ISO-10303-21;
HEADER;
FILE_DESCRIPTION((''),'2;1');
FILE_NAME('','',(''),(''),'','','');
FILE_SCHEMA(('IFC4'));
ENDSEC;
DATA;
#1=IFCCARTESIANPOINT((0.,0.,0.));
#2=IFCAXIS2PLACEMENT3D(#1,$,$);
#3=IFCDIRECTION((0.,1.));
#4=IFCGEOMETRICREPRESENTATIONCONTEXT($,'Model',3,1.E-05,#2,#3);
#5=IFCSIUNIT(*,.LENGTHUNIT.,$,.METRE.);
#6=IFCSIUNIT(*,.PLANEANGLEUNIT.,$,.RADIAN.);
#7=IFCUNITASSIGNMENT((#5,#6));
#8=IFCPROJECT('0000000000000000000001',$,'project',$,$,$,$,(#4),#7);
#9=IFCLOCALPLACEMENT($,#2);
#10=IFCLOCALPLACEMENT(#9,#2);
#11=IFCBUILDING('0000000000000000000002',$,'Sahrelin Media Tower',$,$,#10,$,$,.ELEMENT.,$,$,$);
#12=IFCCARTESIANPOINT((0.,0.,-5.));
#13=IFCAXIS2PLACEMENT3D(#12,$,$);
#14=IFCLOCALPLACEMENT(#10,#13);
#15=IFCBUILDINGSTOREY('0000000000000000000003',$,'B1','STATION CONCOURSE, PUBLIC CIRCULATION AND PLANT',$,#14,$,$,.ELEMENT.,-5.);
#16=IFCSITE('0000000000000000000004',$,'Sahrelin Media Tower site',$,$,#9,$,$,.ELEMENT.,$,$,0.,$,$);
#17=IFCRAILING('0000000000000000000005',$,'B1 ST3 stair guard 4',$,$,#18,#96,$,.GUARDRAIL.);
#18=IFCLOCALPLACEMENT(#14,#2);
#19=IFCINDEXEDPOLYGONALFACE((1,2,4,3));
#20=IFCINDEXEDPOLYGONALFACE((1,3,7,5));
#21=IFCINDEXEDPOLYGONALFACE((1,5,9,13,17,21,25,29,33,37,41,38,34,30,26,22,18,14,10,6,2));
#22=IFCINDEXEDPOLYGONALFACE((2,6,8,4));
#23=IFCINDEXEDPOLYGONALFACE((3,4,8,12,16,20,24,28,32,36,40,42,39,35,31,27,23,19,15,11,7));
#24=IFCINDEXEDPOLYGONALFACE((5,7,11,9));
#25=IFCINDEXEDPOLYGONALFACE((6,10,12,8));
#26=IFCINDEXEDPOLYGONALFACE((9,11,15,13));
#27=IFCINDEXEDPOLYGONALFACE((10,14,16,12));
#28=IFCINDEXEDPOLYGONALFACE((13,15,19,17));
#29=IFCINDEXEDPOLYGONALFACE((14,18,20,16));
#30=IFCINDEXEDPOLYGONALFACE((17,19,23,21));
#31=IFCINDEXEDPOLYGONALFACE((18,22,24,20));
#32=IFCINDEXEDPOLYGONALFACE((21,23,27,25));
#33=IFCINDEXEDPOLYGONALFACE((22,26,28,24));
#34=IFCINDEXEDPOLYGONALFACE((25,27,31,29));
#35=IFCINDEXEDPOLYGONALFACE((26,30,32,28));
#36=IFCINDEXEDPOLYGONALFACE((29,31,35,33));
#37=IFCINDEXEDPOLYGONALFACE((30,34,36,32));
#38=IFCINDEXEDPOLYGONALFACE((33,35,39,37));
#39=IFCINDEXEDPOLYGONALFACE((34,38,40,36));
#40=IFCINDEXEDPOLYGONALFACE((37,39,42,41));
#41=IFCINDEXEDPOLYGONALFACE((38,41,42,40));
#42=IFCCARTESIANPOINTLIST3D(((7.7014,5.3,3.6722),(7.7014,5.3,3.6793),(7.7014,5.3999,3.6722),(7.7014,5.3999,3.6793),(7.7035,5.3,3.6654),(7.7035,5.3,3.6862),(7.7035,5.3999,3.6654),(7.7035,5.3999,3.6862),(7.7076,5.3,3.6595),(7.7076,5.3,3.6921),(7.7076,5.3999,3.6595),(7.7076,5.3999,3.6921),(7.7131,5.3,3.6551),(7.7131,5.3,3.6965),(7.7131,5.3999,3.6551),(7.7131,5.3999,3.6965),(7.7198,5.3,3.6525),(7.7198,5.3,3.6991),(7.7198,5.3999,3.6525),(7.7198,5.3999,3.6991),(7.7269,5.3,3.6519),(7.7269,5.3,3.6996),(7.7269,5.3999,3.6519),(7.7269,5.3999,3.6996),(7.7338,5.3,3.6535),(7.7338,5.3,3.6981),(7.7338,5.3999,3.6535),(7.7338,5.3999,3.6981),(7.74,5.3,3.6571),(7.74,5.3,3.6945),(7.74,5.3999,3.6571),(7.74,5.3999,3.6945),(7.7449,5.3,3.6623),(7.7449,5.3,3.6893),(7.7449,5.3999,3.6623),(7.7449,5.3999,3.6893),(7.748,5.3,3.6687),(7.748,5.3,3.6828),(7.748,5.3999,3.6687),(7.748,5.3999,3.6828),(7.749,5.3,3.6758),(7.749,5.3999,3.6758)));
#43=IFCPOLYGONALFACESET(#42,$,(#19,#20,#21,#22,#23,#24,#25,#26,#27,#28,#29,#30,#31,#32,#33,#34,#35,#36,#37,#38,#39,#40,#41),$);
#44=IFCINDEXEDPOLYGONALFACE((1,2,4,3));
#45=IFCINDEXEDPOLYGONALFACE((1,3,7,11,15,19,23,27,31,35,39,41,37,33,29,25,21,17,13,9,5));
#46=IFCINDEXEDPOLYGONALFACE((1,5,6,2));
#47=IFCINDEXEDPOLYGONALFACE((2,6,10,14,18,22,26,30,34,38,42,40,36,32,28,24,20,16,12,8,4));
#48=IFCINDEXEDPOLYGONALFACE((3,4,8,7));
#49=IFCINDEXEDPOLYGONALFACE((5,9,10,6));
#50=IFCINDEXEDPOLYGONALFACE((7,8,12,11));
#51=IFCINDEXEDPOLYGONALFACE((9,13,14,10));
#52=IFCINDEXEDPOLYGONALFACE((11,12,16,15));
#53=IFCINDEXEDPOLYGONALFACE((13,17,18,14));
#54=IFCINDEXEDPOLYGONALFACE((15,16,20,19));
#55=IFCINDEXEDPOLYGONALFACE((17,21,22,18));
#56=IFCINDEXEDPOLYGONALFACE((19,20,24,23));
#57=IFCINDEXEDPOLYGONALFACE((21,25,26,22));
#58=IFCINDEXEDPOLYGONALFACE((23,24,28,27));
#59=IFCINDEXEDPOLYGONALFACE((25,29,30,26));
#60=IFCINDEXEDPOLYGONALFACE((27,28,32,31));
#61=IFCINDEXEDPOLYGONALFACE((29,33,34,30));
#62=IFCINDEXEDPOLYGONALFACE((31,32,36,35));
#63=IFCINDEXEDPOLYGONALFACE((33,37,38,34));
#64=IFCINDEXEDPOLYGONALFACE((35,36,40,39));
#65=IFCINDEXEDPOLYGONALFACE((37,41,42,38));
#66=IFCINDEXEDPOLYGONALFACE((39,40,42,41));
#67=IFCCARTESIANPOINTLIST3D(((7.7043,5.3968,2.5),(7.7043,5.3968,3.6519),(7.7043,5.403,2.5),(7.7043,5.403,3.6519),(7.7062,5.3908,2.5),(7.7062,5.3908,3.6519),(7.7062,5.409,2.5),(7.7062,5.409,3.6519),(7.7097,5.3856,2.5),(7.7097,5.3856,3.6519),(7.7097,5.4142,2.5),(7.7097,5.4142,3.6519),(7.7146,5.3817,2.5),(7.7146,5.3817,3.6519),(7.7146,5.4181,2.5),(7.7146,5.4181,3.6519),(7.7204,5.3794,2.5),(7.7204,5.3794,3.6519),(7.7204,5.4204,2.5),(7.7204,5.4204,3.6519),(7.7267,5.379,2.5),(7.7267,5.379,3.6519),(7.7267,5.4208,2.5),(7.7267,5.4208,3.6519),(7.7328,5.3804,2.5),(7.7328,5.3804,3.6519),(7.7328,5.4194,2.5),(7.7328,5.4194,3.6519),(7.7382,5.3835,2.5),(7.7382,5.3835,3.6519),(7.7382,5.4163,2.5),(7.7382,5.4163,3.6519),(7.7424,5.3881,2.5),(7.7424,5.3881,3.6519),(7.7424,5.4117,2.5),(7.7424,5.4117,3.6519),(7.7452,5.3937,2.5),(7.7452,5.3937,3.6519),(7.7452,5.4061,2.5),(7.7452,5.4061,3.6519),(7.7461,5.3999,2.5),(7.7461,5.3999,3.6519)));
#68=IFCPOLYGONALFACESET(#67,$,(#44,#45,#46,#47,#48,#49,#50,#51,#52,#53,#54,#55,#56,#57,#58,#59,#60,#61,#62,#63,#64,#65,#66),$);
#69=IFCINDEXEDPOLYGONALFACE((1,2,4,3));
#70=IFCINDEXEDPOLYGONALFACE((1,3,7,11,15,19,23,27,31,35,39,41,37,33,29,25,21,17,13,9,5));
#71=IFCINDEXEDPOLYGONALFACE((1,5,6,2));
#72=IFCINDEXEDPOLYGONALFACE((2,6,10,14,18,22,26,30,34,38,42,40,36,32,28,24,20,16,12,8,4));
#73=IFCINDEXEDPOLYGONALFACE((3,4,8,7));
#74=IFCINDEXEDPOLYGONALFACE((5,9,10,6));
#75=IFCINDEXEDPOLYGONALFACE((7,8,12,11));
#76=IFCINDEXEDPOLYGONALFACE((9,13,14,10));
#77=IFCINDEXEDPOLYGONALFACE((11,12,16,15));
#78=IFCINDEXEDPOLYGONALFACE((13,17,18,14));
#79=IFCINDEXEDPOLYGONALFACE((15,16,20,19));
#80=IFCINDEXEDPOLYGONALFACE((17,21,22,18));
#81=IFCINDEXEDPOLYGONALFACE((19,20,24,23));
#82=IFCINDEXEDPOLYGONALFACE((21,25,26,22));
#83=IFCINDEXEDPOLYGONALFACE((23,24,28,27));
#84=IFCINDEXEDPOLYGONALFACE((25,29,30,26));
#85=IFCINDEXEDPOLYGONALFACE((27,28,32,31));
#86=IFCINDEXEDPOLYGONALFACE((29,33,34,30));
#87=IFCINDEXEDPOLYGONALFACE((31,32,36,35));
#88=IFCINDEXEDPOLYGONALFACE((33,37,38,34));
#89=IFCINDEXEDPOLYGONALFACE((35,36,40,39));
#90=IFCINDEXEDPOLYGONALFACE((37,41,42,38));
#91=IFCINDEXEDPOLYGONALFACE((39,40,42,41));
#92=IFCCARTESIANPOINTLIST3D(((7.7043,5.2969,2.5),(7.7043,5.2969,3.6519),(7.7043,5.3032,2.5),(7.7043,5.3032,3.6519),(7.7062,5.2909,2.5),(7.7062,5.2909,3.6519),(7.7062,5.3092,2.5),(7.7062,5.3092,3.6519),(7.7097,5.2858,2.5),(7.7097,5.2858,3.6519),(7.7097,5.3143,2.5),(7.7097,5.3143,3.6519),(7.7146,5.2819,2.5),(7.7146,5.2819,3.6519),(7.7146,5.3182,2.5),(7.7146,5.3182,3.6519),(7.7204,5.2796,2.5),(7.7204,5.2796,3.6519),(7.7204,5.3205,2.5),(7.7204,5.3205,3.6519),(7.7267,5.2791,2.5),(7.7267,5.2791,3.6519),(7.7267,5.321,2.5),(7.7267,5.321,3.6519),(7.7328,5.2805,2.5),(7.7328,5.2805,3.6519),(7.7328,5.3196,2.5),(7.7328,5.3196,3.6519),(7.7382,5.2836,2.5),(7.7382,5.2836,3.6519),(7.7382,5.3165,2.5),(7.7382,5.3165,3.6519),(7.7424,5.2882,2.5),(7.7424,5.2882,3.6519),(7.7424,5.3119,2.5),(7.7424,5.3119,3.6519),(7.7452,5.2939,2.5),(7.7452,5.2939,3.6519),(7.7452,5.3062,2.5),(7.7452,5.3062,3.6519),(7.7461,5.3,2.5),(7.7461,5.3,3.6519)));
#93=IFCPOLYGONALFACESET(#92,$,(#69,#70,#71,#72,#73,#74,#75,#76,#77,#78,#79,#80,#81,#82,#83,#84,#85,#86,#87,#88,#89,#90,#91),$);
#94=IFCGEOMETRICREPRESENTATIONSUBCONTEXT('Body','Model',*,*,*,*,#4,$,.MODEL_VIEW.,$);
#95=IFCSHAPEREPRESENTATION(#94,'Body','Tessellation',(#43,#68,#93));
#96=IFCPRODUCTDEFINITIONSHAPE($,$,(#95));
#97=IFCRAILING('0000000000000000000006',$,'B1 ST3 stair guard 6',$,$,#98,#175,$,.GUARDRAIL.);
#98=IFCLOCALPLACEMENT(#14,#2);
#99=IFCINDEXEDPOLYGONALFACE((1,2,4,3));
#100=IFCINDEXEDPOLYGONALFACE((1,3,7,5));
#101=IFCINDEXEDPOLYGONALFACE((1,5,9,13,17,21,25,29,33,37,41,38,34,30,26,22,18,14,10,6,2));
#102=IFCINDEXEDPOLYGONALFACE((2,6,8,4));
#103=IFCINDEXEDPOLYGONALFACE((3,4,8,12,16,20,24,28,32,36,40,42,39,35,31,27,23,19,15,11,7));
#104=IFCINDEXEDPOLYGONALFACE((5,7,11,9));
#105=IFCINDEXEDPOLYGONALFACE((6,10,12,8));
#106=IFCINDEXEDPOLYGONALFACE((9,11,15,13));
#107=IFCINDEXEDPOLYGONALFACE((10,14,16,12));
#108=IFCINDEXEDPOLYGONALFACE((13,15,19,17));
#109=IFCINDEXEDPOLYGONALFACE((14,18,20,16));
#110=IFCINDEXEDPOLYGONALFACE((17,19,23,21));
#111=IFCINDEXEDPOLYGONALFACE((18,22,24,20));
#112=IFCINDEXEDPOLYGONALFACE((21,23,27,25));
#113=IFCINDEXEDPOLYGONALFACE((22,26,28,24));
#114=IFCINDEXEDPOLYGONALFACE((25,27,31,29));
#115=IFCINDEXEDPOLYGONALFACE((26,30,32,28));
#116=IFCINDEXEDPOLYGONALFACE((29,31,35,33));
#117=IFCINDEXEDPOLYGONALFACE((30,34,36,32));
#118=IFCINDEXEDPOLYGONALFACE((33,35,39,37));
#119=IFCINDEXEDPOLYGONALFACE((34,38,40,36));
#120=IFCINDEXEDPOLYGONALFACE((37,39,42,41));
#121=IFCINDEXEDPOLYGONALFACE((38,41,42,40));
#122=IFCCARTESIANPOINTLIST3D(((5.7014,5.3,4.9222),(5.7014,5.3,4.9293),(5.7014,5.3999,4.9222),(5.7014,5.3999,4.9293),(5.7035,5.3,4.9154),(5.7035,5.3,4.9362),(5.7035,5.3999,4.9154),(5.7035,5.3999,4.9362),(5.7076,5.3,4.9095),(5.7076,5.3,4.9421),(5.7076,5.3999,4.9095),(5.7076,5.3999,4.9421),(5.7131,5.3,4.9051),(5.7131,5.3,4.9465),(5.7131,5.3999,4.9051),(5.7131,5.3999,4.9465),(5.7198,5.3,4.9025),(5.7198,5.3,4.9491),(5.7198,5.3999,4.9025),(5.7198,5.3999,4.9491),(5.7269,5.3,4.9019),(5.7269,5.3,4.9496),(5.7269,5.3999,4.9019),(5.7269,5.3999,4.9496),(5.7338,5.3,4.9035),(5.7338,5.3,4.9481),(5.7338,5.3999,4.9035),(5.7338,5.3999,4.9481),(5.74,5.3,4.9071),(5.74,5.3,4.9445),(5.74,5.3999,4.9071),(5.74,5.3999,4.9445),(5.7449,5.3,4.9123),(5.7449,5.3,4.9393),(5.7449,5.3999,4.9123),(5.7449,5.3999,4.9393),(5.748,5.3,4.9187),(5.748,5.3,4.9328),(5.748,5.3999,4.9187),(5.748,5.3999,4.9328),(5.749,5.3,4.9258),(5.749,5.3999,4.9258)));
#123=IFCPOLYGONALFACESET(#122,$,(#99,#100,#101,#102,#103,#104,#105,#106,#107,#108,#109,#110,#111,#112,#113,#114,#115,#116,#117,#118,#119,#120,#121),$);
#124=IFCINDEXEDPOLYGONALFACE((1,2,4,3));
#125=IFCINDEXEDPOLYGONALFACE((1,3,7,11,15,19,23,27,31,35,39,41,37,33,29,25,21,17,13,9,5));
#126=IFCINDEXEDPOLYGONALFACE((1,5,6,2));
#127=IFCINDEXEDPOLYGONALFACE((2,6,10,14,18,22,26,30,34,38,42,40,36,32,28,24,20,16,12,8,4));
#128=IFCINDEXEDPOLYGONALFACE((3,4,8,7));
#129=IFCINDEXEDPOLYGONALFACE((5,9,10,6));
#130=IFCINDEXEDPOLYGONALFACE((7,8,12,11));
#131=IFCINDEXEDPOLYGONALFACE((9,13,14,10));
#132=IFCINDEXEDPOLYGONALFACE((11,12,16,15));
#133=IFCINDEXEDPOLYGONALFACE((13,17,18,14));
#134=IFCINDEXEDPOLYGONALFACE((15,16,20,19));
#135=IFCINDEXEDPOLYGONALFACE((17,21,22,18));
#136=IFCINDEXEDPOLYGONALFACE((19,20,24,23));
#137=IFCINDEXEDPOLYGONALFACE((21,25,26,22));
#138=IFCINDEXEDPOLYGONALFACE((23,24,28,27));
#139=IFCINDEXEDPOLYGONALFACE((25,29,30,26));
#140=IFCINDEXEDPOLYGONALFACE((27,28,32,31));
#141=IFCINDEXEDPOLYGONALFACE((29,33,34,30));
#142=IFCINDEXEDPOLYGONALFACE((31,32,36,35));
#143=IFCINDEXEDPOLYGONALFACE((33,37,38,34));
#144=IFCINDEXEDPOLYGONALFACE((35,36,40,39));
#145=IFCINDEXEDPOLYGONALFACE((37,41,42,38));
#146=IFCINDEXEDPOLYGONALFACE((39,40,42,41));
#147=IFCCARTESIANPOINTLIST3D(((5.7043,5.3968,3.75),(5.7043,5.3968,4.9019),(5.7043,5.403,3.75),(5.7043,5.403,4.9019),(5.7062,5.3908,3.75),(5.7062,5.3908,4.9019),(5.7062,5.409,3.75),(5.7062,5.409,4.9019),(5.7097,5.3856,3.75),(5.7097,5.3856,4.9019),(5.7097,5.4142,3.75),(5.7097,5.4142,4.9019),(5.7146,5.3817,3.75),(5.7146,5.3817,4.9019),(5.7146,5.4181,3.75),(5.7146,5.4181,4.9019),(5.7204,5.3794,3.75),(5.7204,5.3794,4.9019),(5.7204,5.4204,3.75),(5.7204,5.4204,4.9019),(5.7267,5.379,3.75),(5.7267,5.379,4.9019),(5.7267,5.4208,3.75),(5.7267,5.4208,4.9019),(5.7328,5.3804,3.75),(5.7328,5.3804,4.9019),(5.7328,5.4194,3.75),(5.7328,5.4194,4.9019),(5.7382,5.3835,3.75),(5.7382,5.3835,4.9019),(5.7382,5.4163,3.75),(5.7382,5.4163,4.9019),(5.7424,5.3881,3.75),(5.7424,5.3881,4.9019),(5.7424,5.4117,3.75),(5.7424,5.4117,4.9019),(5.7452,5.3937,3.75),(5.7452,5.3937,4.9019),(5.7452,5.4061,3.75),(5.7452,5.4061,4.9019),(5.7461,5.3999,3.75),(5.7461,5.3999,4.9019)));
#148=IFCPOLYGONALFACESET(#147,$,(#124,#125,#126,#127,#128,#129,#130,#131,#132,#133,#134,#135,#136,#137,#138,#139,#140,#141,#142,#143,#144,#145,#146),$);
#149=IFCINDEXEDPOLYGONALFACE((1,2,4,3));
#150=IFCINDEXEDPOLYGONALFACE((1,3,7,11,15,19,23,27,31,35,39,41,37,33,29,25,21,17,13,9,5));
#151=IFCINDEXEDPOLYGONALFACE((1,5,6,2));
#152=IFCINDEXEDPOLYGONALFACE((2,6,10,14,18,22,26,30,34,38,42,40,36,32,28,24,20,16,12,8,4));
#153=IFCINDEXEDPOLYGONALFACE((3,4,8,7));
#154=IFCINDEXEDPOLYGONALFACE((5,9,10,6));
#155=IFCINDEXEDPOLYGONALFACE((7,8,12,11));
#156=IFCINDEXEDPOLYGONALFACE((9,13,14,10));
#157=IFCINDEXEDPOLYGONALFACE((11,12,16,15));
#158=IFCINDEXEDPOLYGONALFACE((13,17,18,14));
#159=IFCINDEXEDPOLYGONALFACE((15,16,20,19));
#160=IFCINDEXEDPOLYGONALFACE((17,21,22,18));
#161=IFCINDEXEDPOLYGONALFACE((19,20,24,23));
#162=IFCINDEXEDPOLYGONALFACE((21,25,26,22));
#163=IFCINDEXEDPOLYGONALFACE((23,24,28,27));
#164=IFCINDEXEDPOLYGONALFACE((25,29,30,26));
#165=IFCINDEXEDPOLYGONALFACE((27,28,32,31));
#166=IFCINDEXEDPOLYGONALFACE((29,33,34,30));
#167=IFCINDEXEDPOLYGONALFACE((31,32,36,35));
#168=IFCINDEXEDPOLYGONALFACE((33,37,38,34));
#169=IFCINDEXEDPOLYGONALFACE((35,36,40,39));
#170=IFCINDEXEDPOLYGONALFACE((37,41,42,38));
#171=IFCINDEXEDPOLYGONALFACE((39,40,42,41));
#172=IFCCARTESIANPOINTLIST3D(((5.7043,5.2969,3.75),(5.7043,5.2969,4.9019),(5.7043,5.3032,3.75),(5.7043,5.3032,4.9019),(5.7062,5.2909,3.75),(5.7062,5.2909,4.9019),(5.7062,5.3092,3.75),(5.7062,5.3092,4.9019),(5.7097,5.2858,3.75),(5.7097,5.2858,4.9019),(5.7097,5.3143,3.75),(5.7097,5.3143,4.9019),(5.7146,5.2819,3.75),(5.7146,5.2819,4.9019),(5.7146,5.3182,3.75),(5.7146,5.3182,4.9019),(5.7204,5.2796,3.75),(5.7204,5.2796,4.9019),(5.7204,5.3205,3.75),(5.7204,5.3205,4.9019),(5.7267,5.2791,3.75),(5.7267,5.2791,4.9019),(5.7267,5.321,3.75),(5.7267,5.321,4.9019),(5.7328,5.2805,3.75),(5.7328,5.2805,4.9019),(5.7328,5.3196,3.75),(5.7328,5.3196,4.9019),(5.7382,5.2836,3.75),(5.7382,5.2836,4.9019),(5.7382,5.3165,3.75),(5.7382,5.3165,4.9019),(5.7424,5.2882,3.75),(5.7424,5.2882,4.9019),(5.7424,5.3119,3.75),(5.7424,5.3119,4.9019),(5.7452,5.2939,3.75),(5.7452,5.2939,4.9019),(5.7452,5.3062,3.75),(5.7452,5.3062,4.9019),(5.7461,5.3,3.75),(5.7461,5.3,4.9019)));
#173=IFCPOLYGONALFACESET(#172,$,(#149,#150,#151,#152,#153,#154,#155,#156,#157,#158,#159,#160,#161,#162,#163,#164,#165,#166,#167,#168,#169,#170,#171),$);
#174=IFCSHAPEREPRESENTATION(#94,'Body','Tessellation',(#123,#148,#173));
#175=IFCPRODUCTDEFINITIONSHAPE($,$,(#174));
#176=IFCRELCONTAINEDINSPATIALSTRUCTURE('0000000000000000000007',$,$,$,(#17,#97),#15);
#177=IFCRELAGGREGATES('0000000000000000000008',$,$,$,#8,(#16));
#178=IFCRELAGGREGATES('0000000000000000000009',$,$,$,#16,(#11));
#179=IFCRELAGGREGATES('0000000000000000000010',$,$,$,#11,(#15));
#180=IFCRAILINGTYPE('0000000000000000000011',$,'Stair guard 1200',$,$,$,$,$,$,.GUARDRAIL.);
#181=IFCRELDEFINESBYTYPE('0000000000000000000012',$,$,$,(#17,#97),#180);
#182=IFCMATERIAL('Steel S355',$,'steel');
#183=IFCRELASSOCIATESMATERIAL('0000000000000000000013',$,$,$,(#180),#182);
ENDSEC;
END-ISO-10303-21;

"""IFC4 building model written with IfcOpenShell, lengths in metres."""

from ifc_helpers import new_model, si_unit, direction, frame, origin, origin_2d, place, context, subcontext, project, spatial, circle, extrude, material, type_object, element, save


model = new_model("IFC4")

# Units and contexts
model_context = context("Model", 3, precision=1e-05, world=origin(), true_north=direction((0.0, 1.0)))
body_context = subcontext(model_context, "Body", "Model", "MODEL_VIEW")
ifc_project = project(units=[si_unit("LENGTHUNIT", "METRE"), si_unit("PLANEANGLEUNIT", "RADIAN")], contexts=[model_context])

# Site, building, storey
site_placement = place(None, origin())
site = spatial("IfcSite", under=ifc_project, at=site_placement, Name="Sahrelin Media Tower site", CompositionType="ELEMENT", RefElevation=0.0)
building_placement = place(site_placement, origin())
building = spatial("IfcBuilding", under=site, at=building_placement, Name="Sahrelin Media Tower", CompositionType="ELEMENT")
storey_placement = place(building_placement, frame((0.0, 0.0, -5.0)))
storey = spatial("IfcBuildingStorey", under=building, at=storey_placement, Name="B1", Description="STATION CONCOURSE, PUBLIC CIRCULATION AND PLANT", CompositionType="ELEMENT", Elevation=-5.0)

# Railings
ifc_material_1 = material(Name="Steel S355", Category="steel")
railing_type_1 = type_object("IfcRailingType", Name="Stair guard 1200", PredefinedType="GUARDRAIL", material=ifc_material_1)
for number, where, name in (
    (1, (7.7251, 5.3999, 2.5), "B1 ST3 stair guard 4"),
    (2, (5.7251, 5.3999, 3.75), "B1 ST3 stair guard 6"),
):
    element("IfcRailing", number, at=place(storey_placement, frame(where)), inside=storey, type_object=railing_type_1, Name=name, PredefinedType="GUARDRAIL", context=body_context, shape_type="SweptSolid", body=[
        extrude(circle(Radius=0.0239, at=origin_2d()), frame((0.0, 0.0, 1.1758), z_axis=(0.0, -1.0, 0.0), x_axis=(1.0, 0.0, 0.0)), (0.0, 0.0, 1.0), 0.0999),
        extrude(circle(Radius=0.021, at=origin_2d()), origin(), (0.0, 0.0, 1.0), 1.1519),
        extrude(circle(Radius=0.021, at=origin_2d()), frame((0.0, -0.0999, 0.0)), (0.0, 0.0, 1.0), 1.1519),
    ])

save(model, "model.ifc")
